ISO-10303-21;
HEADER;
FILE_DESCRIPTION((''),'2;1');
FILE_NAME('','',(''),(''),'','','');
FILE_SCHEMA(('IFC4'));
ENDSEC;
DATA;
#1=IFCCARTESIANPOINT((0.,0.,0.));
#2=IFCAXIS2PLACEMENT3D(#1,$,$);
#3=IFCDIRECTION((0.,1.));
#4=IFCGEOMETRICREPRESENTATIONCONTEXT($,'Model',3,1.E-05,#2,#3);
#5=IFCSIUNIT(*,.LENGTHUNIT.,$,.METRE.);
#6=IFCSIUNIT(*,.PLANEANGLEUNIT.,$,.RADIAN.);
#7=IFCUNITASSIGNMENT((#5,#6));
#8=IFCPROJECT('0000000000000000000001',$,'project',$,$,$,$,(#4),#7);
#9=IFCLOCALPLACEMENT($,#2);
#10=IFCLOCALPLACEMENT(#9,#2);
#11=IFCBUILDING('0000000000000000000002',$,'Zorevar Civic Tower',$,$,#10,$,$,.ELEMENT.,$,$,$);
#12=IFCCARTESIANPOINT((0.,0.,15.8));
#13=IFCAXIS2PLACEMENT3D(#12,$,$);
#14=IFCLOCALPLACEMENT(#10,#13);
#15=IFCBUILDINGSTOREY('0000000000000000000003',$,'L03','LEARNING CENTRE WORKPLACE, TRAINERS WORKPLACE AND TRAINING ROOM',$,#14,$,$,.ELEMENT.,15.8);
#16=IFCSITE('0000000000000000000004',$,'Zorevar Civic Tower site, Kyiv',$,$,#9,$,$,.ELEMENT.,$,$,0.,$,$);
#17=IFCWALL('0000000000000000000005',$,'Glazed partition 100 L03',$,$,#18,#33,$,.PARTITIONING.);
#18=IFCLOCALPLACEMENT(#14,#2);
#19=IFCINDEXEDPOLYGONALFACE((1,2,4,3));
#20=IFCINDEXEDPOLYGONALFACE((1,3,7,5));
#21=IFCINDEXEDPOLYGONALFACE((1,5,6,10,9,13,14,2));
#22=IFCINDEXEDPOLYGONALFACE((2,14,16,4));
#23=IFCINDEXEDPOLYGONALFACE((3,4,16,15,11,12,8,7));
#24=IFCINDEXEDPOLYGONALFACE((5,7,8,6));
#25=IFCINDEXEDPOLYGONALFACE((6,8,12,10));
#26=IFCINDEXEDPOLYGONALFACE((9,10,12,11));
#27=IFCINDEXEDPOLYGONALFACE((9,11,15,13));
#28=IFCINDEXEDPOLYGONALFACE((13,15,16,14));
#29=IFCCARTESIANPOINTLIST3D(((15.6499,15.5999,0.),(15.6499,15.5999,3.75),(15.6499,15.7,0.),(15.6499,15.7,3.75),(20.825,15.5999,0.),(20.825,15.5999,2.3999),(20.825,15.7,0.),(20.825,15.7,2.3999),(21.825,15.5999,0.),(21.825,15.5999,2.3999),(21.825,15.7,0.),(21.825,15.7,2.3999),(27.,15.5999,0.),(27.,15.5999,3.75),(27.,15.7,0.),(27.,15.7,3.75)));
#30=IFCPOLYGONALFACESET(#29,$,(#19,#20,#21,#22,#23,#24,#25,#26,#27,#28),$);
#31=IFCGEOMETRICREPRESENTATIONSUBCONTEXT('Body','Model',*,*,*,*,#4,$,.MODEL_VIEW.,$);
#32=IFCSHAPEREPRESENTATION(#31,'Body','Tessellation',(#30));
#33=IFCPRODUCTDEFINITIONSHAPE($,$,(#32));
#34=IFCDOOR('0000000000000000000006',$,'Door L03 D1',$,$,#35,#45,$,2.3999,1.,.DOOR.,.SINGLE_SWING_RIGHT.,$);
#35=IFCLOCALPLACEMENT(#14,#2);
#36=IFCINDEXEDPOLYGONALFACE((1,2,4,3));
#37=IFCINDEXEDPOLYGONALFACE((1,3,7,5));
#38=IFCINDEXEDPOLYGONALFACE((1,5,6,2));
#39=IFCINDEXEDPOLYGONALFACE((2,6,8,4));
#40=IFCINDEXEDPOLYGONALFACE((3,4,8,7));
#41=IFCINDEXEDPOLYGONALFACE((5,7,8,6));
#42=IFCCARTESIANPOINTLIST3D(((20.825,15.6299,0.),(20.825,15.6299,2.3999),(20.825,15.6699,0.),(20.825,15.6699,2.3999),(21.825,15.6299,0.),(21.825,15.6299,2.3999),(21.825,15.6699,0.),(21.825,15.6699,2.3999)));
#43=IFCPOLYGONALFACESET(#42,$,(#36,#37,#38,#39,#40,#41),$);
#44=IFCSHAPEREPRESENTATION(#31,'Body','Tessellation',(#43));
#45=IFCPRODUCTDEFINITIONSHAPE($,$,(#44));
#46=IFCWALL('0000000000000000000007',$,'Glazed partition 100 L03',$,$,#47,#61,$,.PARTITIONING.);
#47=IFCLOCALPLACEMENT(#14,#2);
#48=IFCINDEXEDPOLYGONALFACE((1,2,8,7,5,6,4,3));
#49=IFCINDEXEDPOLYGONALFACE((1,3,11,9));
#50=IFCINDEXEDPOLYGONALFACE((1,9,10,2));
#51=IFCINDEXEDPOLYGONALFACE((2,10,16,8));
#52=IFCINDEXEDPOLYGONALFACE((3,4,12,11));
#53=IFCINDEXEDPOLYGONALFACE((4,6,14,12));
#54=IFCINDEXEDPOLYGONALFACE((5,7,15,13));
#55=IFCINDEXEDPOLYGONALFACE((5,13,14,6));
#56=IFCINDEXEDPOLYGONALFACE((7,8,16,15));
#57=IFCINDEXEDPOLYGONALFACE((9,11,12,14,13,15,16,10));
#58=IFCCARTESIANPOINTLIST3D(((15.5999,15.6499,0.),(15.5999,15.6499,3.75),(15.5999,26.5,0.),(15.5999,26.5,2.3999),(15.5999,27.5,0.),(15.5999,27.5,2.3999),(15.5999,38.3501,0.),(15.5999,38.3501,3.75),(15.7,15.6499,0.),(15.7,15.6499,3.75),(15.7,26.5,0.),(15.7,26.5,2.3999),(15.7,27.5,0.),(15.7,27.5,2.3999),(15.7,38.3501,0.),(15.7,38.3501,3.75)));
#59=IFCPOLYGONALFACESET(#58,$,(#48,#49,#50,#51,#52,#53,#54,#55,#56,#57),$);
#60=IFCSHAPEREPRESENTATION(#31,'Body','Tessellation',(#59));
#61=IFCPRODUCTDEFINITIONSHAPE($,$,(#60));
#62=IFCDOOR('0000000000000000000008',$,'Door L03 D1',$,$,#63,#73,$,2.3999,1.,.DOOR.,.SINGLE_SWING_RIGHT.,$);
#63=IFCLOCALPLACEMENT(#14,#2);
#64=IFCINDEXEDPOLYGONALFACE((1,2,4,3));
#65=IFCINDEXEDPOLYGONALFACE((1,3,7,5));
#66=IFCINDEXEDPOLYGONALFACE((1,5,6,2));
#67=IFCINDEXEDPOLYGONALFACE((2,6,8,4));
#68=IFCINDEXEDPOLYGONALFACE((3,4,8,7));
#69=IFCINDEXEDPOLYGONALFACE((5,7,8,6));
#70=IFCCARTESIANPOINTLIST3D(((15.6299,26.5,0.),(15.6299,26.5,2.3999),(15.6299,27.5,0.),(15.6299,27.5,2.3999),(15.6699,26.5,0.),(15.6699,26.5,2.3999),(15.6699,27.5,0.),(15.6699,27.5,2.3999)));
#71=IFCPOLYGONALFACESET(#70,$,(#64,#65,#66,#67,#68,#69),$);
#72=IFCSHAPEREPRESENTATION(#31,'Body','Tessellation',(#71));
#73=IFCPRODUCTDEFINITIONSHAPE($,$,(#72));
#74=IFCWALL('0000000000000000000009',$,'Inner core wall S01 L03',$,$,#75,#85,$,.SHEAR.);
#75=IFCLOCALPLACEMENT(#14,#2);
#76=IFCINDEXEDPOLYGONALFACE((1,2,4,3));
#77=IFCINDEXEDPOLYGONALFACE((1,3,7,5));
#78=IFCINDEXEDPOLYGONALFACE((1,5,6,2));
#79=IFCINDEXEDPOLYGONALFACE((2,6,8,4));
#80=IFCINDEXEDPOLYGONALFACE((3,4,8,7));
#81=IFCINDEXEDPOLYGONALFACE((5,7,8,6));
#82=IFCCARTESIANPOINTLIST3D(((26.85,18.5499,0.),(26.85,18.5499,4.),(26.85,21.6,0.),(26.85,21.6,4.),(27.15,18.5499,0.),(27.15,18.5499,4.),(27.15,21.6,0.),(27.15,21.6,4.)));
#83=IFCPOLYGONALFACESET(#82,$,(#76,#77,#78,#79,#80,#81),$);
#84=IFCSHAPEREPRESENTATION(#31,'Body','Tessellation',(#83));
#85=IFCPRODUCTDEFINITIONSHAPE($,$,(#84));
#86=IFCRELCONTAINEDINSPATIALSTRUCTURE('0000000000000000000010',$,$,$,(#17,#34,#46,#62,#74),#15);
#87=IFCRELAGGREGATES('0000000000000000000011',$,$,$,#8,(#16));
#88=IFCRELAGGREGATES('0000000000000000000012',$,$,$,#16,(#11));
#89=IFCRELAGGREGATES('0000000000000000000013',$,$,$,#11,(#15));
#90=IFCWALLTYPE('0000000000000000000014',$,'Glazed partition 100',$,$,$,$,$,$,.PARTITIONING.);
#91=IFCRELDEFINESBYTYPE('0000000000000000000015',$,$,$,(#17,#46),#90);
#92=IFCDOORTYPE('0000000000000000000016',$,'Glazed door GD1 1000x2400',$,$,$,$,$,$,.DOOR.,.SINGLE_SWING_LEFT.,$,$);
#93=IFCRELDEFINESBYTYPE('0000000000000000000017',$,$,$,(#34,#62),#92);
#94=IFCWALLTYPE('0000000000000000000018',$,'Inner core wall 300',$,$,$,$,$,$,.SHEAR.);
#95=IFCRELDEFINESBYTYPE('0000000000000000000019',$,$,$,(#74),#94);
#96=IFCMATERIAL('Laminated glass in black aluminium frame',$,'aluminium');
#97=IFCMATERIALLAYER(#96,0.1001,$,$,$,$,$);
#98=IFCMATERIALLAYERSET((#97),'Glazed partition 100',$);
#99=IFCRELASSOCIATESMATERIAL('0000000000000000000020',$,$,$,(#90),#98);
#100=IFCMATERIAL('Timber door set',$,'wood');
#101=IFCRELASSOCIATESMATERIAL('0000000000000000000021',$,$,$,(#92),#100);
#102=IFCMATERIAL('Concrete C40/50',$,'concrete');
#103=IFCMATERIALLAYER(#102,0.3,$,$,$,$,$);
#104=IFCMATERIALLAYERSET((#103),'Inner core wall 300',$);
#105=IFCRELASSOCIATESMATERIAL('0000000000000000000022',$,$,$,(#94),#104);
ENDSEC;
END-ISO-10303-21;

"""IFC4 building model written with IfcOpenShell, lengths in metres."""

from ifc_helpers import new_model, si_unit, direction, frame, frame_2d, origin, place, context, subcontext, project, spatial, rectangle, extrude, material, layer, layer_set, type_object, element, fill, save


model = new_model("IFC4")

# Units and contexts
model_context = context("Model", 3, precision=1e-05, world=origin(), true_north=direction((0.0, 1.0)))
body_context = subcontext(model_context, "Body", "Model", "MODEL_VIEW")
ifc_project = project(units=[si_unit("LENGTHUNIT", "METRE"), si_unit("PLANEANGLEUNIT", "RADIAN")], contexts=[model_context])

# Site, building, storey
site_placement = place(None, origin())
site = spatial("IfcSite", under=ifc_project, at=site_placement, Name="Zorevar Civic Tower site, Kyiv", CompositionType="ELEMENT", RefElevation=0.0)
building_placement = place(site_placement, origin())
building = spatial("IfcBuilding", under=site, at=building_placement, Name="Zorevar Civic Tower", CompositionType="ELEMENT")
storey_placement = place(building_placement, frame((0.0, 0.0, 15.8)))
storey = spatial("IfcBuildingStorey", under=building, at=storey_placement, Name="L03", Description="LEARNING CENTRE WORKPLACE, TRAINERS WORKPLACE AND TRAINING ROOM", CompositionType="ELEMENT", Elevation=15.8)

# Walls, openings, doors
ifc_material_1 = material(Name="Laminated glass in black aluminium frame", Category="aluminium")
ifc_layer_1 = layer(ifc_material_1, 0.1001)
ifc_layer_set_1 = layer_set([ifc_layer_1], Name="Glazed partition 100")
wall_type_1 = type_object("IfcWallType", Name="Glazed partition 100", PredefinedType="PARTITIONING", material=ifc_layer_set_1)
wall_1_placement = place(storey_placement, frame((15.6499, 15.6499, 0.0), z_axis=(0.0, 0.0, 1.0), x_axis=(1.0, 0.0, 0.0)))
wall_1 = element("IfcWall", 1, at=wall_1_placement, inside=storey, type_object=wall_type_1, Name="Glazed partition 100 L03", PredefinedType="PARTITIONING", context=body_context, shape_type="SweptSolid", body=[
    extrude(rectangle(XDim=11.3501, YDim=0.1001, at=frame_2d((5.675, 0.0))), origin(), (0.0, 0.0, 1.0), 3.75),
])
opening_1_placement = place(wall_1_placement, frame((5.175, 0.0, 0.0)))
opening_1 = element("IfcOpeningElement", 2, at=opening_1_placement, cuts=wall_1, PredefinedType="OPENING", context=body_context, shape_type="SweptSolid", body=[
    extrude(rectangle(XDim=1.0, YDim=2.3999, at=frame_2d((0.5, 1.2))), frame((0.0, 0.0601, 0.0), z_axis=(0.0, -1.0, 0.0), x_axis=(1.0, 0.0, 0.0)), (0.0, 0.0, 1.0), 0.1201),
])
ifc_material_2 = material(Name="Timber door set", Category="wood")
door_type_1 = type_object("IfcDoorType", Name="Glazed door GD1 1000x2400", OperationType="SINGLE_SWING_LEFT", PredefinedType="DOOR", material=ifc_material_2)
door_1_placement = place(opening_1_placement, origin())
door_1 = element("IfcDoor", 3, at=door_1_placement, inside=storey, type_object=door_type_1, Name="Door L03 D1", OperationType="SINGLE_SWING_RIGHT", OverallHeight=2.3999, OverallWidth=1.0, PredefinedType="DOOR", context=body_context, shape_type="SweptSolid", body=[
    extrude(rectangle(XDim=1.0, YDim=2.3999, at=frame_2d((0.5, 1.2))), frame((0.0, 0.02, 0.0), z_axis=(0.0, -1.0, 0.0), x_axis=(1.0, 0.0, 0.0)), (0.0, 0.0, 1.0), 0.04),
])
fill(opening_1, door_1)
wall_2_placement = place(storey_placement, frame((15.6499, 15.6499, 0.0), z_axis=(0.0, 0.0, 1.0), x_axis=(0.0, 1.0, 0.0)))
wall_2 = element("IfcWall", 4, at=wall_2_placement, inside=storey, type_object=wall_type_1, Name="Glazed partition 100 L03", PredefinedType="PARTITIONING", context=body_context, shape_type="SweptSolid", body=[
    extrude(rectangle(XDim=22.7002, YDim=0.1001, at=frame_2d((11.3501, 0.0))), origin(), (0.0, 0.0, 1.0), 3.75),
])
opening_2_placement = place(wall_2_placement, frame((10.8501, 0.0, 0.0)))
opening_2 = element("IfcOpeningElement", 5, at=opening_2_placement, cuts=wall_2, PredefinedType="OPENING", context=body_context, shape_type="SweptSolid", body=[
    extrude(rectangle(XDim=1.0, YDim=2.3999, at=frame_2d((0.5, 1.2))), frame((0.0, 0.0601, 0.0), z_axis=(0.0, -1.0, 0.0), x_axis=(1.0, 0.0, 0.0)), (0.0, 0.0, 1.0), 0.1201),
])
door_2_placement = place(opening_2_placement, origin())
door_2 = element("IfcDoor", 6, at=door_2_placement, inside=storey, type_object=door_type_1, Name="Door L03 D1", OperationType="SINGLE_SWING_RIGHT", OverallHeight=2.3999, OverallWidth=1.0, PredefinedType="DOOR", context=body_context, shape_type="SweptSolid", body=[
    extrude(rectangle(XDim=1.0, YDim=2.3999, at=frame_2d((0.5, 1.2))), frame((0.0, 0.02, 0.0), z_axis=(0.0, -1.0, 0.0), x_axis=(1.0, 0.0, 0.0)), (0.0, 0.0, 1.0), 0.04),
])
fill(opening_2, door_2)

# Wall
ifc_material_3 = material(Name="Concrete C40/50", Category="concrete")
ifc_layer_2 = layer(ifc_material_3, 0.3)
ifc_layer_set_2 = layer_set([ifc_layer_2], Name="Inner core wall 300")
wall_type_2 = type_object("IfcWallType", Name="Inner core wall 300", PredefinedType="SHEAR", material=ifc_layer_set_2)
wall_3_placement = place(storey_placement, frame((27.0, 18.55, 0.0), z_axis=(0.0, 0.0, 1.0), x_axis=(0.0, 1.0, 0.0)))
element("IfcWall", 7, at=wall_3_placement, inside=storey, type_object=wall_type_2, Name="Inner core wall S01 L03", PredefinedType="SHEAR", context=body_context, shape_type="SweptSolid", body=[
    extrude(rectangle(XDim=3.05, YDim=0.3, at=frame_2d((1.5249, 0.0))), origin(), (0.0, 0.0, 1.0), 4.0),
])

save(model, "model.ifc")
